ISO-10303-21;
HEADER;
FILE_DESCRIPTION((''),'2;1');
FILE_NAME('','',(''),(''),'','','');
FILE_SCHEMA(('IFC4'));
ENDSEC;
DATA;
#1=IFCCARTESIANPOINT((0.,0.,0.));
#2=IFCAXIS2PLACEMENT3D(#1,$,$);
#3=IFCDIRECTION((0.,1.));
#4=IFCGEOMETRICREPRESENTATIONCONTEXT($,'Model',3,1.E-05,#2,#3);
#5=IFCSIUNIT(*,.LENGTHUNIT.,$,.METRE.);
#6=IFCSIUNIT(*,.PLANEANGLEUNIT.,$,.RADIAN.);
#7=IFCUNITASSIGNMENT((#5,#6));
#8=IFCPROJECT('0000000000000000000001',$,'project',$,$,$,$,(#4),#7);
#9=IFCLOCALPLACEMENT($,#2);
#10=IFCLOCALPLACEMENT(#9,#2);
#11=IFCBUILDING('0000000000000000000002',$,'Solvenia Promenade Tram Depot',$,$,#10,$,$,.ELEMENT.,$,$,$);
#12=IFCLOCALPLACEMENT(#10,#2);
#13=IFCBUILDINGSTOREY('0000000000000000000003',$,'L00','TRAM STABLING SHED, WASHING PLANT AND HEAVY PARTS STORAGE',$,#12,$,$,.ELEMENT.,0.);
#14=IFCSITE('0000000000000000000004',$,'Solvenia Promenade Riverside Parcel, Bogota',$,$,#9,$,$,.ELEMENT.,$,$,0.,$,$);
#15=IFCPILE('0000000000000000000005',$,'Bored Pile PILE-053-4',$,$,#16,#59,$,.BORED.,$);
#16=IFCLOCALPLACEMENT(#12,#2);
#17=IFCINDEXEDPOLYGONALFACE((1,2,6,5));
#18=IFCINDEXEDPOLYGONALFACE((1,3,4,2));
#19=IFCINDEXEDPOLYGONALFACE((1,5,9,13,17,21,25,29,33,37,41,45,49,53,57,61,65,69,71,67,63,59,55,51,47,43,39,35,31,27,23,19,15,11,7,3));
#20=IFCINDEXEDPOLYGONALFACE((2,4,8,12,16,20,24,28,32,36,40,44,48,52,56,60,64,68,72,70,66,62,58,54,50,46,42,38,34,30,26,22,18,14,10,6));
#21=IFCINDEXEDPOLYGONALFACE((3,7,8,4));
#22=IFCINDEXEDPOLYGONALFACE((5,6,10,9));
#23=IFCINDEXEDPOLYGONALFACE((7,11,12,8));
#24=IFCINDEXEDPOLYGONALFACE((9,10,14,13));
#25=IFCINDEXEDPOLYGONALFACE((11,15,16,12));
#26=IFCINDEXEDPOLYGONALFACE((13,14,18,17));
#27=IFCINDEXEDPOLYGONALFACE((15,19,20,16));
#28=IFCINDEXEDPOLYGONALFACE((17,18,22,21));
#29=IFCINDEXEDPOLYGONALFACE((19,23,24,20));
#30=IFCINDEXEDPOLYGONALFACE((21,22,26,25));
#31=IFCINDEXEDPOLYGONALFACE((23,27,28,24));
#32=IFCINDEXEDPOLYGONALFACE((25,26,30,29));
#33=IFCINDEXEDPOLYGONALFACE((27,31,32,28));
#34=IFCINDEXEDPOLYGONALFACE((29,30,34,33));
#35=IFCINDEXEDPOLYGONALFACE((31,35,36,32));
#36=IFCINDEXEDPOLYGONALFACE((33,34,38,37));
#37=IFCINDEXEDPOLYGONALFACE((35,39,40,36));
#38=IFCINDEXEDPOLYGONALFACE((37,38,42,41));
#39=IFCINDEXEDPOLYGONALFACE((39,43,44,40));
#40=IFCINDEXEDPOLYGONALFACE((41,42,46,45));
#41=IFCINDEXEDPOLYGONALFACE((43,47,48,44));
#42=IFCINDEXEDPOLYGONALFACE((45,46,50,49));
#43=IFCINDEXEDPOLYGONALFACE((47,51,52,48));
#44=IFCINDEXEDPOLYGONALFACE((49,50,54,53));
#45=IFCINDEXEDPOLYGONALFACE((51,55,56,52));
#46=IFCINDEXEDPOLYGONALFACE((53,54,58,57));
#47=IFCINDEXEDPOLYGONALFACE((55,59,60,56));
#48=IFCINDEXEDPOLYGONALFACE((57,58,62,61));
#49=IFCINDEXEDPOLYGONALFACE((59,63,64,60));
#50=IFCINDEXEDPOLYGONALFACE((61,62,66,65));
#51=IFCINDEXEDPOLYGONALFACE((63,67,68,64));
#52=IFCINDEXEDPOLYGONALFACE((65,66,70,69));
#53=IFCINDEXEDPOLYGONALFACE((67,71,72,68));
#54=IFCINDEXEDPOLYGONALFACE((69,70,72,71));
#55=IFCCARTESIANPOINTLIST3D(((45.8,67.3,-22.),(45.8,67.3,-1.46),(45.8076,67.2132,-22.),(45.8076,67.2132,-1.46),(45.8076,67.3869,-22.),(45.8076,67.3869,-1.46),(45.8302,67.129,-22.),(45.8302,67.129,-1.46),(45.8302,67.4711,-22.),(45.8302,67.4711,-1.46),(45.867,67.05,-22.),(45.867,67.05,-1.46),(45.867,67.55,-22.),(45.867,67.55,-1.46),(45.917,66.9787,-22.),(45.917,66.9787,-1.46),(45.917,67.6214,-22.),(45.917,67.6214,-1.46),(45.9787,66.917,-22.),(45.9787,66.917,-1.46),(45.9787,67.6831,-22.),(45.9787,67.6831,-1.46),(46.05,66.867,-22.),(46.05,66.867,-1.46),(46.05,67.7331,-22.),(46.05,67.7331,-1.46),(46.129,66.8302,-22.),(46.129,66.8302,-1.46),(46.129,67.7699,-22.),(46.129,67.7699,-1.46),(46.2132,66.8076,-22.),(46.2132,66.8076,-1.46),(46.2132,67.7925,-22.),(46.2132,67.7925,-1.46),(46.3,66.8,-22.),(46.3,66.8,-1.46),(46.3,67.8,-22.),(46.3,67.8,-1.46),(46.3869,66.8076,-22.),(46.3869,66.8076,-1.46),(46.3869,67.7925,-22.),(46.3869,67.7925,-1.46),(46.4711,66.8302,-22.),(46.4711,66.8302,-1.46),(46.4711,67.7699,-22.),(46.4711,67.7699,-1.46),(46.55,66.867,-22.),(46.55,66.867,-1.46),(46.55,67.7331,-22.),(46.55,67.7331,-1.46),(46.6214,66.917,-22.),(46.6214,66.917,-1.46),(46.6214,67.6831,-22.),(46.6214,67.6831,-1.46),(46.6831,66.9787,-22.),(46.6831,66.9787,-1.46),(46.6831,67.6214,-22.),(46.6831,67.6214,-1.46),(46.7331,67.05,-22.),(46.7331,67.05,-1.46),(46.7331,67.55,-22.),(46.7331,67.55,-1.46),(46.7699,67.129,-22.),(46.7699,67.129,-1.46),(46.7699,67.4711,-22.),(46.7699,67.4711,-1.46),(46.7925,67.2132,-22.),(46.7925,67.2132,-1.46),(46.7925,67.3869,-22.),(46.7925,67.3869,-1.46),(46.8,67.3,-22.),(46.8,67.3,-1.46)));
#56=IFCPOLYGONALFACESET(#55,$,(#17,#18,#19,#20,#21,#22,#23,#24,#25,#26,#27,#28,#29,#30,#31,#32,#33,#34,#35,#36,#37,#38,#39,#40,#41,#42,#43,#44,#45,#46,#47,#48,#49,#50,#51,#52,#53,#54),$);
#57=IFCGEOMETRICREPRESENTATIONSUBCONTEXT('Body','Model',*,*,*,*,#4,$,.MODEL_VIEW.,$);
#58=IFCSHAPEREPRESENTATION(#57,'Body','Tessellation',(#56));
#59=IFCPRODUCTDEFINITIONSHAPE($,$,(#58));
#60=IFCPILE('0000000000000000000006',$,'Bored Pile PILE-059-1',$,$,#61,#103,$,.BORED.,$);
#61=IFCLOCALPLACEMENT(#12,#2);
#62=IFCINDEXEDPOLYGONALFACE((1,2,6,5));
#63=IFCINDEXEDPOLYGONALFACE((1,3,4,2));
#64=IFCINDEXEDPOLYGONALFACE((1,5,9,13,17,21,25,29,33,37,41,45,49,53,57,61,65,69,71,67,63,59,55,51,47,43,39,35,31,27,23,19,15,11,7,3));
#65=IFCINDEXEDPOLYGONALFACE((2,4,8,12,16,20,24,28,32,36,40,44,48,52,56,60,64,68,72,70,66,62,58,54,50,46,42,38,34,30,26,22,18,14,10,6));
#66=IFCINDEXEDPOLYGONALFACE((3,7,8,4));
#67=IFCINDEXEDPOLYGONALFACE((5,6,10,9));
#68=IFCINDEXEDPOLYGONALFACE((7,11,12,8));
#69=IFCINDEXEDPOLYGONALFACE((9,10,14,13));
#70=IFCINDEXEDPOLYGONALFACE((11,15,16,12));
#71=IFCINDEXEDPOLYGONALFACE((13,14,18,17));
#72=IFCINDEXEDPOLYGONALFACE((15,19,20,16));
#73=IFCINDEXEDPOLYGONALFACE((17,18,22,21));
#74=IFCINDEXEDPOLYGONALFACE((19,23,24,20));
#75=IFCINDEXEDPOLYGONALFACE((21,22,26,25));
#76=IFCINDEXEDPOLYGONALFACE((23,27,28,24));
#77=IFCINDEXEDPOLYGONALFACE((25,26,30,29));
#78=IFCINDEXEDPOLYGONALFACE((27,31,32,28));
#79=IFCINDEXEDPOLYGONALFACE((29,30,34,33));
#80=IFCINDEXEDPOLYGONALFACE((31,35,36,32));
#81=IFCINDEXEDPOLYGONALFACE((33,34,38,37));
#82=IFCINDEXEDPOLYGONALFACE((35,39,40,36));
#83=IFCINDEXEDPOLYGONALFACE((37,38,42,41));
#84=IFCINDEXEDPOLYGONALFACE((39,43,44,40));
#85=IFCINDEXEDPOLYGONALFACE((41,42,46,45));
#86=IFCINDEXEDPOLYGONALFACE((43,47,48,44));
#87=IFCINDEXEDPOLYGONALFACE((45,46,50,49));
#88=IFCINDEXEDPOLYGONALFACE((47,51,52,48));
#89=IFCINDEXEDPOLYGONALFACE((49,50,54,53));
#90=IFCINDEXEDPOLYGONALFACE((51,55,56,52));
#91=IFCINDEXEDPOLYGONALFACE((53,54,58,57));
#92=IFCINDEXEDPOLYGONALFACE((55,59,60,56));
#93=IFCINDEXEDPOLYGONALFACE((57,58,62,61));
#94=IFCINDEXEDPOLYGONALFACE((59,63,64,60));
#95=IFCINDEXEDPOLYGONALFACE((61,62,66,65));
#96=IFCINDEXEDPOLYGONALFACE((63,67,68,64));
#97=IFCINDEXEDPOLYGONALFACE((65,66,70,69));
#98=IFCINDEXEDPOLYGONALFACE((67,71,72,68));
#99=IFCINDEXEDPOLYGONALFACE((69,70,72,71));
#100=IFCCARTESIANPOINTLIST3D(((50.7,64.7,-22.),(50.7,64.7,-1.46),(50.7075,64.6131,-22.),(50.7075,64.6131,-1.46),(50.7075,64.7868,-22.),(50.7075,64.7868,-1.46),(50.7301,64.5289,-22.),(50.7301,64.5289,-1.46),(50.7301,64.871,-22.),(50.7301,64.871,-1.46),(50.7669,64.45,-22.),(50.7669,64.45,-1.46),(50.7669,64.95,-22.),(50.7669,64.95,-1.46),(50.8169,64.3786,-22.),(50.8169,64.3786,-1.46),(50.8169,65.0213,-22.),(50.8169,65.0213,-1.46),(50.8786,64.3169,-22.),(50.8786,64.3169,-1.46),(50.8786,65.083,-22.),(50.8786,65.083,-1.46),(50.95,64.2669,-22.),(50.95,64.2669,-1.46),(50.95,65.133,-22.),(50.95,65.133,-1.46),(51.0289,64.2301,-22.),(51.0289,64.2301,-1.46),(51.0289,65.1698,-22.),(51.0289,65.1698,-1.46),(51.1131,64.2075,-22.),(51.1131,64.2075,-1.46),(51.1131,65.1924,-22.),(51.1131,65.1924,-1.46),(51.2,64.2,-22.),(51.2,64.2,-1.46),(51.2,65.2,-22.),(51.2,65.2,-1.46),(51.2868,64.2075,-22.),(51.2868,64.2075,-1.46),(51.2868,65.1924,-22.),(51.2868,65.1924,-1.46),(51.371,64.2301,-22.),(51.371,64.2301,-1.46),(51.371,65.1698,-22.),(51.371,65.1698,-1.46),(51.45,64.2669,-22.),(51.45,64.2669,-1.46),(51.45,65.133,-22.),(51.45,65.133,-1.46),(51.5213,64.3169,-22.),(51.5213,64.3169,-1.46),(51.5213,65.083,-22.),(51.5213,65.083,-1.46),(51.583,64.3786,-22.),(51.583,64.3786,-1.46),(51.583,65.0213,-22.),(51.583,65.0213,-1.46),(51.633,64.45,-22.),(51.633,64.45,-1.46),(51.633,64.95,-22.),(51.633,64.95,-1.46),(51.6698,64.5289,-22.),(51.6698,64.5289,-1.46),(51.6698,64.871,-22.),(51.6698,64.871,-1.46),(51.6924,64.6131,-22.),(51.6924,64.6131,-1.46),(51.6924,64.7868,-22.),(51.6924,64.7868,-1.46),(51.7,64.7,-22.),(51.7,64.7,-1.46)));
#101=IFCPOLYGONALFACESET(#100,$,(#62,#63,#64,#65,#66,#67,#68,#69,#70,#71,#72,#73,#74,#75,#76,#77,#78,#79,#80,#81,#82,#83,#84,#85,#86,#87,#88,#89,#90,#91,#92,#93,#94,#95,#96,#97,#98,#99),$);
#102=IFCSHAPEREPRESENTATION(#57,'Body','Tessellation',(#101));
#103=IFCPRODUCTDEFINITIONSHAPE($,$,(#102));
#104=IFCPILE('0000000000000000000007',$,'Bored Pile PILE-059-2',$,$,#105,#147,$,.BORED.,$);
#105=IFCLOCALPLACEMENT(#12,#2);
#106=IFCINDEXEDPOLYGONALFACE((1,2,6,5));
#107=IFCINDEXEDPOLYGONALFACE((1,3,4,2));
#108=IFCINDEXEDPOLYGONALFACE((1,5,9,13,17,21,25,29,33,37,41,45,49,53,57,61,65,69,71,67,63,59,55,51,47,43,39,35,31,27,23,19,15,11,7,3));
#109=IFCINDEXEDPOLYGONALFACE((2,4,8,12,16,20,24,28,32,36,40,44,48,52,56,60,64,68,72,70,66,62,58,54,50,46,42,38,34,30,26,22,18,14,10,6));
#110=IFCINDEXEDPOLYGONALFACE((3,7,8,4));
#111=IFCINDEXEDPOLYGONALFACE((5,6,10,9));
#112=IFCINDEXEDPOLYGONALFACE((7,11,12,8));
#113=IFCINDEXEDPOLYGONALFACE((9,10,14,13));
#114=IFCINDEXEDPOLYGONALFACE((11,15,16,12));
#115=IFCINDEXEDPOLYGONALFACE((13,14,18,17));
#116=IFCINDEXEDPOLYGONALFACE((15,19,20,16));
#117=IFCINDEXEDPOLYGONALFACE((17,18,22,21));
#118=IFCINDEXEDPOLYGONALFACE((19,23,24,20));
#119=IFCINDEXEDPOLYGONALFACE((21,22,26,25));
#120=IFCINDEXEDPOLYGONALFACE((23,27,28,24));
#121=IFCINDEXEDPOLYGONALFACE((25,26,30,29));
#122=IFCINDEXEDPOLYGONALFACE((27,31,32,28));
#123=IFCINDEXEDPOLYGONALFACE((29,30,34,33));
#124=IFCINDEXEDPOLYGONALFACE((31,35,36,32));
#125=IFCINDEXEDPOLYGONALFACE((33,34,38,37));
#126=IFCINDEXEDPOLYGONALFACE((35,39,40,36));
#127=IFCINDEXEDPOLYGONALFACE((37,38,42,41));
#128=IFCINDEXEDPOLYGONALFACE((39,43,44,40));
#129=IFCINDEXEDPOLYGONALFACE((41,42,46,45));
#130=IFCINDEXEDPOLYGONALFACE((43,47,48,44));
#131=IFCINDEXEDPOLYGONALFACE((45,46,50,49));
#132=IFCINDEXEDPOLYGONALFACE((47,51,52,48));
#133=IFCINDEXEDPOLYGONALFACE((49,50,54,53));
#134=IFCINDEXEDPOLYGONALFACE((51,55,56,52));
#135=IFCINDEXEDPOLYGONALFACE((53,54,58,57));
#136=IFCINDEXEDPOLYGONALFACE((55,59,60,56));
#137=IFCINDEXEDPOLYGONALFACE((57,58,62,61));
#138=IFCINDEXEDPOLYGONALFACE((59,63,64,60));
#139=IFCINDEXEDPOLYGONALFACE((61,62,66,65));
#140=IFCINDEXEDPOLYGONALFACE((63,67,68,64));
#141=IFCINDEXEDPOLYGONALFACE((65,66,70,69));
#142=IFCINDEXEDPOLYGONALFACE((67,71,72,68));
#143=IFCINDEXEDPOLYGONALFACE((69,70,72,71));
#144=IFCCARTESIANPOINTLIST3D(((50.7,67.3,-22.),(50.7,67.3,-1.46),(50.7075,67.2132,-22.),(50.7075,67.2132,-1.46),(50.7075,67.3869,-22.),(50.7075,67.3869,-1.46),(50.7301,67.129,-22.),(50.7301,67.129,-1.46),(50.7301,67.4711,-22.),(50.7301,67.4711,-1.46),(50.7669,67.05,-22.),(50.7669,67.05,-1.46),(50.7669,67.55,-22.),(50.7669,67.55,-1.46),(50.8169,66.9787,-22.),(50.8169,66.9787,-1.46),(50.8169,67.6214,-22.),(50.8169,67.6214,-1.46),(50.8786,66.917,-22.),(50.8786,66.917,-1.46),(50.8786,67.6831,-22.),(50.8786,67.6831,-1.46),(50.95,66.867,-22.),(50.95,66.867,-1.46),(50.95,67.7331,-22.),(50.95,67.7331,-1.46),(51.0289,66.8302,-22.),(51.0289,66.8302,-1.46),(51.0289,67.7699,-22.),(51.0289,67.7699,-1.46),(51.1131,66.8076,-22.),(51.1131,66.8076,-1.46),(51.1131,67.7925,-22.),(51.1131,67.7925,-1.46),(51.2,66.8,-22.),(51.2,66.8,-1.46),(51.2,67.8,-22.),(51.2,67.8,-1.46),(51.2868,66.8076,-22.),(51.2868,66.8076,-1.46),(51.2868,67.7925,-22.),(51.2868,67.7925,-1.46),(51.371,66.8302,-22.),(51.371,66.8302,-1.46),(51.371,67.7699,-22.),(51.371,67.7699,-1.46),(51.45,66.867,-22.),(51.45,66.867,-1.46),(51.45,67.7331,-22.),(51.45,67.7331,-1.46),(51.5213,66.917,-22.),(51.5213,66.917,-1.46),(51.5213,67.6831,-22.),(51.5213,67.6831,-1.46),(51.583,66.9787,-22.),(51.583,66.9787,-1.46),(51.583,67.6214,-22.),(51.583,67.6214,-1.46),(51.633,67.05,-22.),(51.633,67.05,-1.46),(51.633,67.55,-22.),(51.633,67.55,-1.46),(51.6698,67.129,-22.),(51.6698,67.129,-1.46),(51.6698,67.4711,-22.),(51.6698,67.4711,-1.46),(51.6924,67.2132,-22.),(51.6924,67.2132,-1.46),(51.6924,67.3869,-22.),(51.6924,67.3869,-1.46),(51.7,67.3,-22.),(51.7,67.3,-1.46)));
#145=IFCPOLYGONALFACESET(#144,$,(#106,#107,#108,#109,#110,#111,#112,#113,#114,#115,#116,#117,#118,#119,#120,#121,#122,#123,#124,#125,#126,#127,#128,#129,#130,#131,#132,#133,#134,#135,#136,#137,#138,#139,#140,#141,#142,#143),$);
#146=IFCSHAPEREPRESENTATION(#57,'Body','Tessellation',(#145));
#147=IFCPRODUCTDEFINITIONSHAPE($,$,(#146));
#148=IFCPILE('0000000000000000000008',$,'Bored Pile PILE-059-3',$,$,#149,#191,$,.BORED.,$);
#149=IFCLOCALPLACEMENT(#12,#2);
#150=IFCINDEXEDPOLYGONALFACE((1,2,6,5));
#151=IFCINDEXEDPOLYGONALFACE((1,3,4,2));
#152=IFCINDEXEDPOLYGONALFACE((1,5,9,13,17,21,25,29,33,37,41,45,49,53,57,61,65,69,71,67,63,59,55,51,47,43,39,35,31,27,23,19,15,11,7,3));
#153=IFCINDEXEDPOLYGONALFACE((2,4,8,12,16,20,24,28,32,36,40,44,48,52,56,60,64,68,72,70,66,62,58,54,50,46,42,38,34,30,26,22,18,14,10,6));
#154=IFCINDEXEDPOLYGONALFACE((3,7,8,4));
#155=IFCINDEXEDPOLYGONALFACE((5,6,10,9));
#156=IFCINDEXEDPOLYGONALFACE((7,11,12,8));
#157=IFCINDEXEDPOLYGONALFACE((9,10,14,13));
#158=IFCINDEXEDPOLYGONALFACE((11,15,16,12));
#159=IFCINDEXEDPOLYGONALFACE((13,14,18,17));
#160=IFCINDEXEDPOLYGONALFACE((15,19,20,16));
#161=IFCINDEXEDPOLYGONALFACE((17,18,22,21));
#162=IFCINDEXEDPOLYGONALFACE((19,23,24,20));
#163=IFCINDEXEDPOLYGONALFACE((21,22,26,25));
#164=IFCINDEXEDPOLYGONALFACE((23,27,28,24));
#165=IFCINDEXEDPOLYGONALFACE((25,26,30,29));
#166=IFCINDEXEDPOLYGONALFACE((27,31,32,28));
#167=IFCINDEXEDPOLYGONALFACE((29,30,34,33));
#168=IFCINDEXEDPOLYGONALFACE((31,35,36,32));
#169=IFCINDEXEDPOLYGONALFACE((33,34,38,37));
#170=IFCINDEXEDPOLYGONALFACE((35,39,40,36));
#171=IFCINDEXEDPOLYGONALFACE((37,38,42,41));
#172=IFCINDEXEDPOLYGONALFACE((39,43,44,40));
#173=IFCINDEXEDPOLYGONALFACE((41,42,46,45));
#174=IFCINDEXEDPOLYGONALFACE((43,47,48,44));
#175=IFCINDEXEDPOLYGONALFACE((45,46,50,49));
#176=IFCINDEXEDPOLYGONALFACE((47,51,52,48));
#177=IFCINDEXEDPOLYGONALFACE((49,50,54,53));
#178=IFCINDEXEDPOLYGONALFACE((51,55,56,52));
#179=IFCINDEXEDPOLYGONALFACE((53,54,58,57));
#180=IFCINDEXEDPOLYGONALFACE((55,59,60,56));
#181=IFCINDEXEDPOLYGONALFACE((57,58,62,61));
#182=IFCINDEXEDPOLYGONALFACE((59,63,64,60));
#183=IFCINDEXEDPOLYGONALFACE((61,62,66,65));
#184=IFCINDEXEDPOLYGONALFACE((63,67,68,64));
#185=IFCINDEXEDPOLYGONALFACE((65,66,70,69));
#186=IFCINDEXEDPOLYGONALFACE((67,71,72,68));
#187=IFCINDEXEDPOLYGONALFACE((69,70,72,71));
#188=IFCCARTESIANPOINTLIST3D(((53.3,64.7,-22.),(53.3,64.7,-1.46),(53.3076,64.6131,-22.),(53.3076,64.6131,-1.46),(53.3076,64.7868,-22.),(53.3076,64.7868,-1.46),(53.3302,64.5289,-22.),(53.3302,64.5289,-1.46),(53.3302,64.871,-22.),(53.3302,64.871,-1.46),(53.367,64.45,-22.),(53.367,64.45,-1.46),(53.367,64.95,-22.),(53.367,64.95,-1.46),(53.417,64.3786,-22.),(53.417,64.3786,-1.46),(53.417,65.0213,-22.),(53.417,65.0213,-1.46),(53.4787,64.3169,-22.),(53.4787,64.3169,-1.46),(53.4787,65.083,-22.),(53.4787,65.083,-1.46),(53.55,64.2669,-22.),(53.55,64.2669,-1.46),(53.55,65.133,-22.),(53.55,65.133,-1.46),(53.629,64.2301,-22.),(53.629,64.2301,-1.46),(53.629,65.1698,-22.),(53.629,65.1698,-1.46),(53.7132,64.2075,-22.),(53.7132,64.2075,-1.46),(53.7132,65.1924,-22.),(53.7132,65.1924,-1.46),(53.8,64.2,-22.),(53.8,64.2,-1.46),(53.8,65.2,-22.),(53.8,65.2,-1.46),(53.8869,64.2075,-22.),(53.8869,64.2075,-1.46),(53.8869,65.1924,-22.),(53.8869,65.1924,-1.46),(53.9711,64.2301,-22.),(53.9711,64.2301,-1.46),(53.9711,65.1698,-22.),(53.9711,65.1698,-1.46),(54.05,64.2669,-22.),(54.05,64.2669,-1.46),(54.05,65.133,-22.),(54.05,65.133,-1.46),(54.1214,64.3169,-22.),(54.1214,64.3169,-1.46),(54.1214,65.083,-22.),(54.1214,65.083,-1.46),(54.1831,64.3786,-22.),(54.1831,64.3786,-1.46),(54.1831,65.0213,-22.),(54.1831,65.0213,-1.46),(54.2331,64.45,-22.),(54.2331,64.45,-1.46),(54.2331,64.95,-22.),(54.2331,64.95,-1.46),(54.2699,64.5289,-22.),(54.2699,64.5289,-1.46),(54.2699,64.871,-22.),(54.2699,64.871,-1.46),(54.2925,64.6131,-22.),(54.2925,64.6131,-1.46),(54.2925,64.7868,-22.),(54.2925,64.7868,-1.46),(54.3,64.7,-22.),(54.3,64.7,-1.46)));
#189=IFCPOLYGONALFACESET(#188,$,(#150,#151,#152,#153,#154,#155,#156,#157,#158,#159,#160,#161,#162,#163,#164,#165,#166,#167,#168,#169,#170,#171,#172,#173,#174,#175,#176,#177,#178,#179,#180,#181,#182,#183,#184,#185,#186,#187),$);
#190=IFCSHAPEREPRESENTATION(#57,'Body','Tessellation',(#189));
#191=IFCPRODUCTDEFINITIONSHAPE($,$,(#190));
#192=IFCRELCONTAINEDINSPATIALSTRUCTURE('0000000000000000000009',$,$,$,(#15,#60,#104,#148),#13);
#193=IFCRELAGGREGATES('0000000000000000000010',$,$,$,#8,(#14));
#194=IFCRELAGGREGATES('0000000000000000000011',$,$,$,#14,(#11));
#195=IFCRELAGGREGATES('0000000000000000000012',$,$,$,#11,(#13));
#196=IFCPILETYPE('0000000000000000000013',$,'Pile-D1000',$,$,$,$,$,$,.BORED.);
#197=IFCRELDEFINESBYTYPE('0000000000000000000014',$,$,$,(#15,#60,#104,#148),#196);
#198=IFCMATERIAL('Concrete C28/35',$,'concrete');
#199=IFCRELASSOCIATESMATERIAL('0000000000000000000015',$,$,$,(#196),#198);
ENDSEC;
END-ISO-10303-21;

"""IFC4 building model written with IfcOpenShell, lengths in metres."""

from ifc_helpers import new_model, si_unit, direction, frame, origin, origin_2d, place, context, subcontext, project, spatial, circle, extrude, material, material_profile, profile_set, type_object, element, save


model = new_model("IFC4")

# Units and contexts
model_context = context("Model", 3, precision=1e-05, world=origin(), true_north=direction((0.0, 1.0)))
body_context = subcontext(model_context, "Body", "Model", "MODEL_VIEW")
ifc_project = project(units=[si_unit("LENGTHUNIT", "METRE"), si_unit("PLANEANGLEUNIT", "RADIAN")], contexts=[model_context])

# Site, building, storey
site_placement = place(None, origin())
site = spatial("IfcSite", under=ifc_project, at=site_placement, Name="Solvenia Promenade Riverside Parcel, Bogota", CompositionType="ELEMENT", RefElevation=0.0)
building_placement = place(site_placement, origin())
building = spatial("IfcBuilding", under=site, at=building_placement, Name="Solvenia Promenade Tram Depot", CompositionType="ELEMENT")
storey_placement = place(building_placement, origin())
storey = spatial("IfcBuildingStorey", under=building, at=storey_placement, Name="L00", Description="TRAM STABLING SHED, WASHING PLANT AND HEAVY PARTS STORAGE", CompositionType="ELEMENT", Elevation=0.0)

# Shared definitions
ifc_material_1 = material(Name="Concrete C28/35", Category="concrete")

# Piles
ifc_material_profile_1 = material_profile(ifc_material_1, circle(Radius=0.5, at=origin_2d()), Name="D1000", Category="concrete")
ifc_profile_set_1 = profile_set([ifc_material_profile_1], Name="Concrete C28/35")
pile_type_1 = type_object("IfcPileType", Name="Pile-D1000", PredefinedType="BORED", material=ifc_profile_set_1)
for number, where, z_axis, x_axis, name in (
    (1, (46.3, 67.3, -1.46), (0.0, 0.0, -1.0), (1.0, 0.0, 0.0), "Bored Pile PILE-053-4"),
    (2, (51.2, 64.7, -1.46), (0.0, 0.0, -1.0), (1.0, 0.0, 0.0), "Bored Pile PILE-059-1"),
    (3, (51.2, 67.3, -1.46), (0.0, 0.0, -1.0), (1.0, 0.0, 0.0), "Bored Pile PILE-059-2"),
    (4, (53.8, 64.7, -1.46), (0.0, 0.0, -1.0), (1.0, 0.0, 0.0), "Bored Pile PILE-059-3"),
):
    element("IfcPile", number, at=place(storey_placement, frame(where, z_axis=z_axis, x_axis=x_axis)), inside=storey, type_object=pile_type_1, Name=name, PredefinedType="BORED", context=body_context, shape_type="SweptSolid", body=[
        extrude(circle(Radius=0.5, at=origin_2d()), origin(), (0.0, 0.0, 1.0), 20.54),
    ])

save(model, "model.ifc")
